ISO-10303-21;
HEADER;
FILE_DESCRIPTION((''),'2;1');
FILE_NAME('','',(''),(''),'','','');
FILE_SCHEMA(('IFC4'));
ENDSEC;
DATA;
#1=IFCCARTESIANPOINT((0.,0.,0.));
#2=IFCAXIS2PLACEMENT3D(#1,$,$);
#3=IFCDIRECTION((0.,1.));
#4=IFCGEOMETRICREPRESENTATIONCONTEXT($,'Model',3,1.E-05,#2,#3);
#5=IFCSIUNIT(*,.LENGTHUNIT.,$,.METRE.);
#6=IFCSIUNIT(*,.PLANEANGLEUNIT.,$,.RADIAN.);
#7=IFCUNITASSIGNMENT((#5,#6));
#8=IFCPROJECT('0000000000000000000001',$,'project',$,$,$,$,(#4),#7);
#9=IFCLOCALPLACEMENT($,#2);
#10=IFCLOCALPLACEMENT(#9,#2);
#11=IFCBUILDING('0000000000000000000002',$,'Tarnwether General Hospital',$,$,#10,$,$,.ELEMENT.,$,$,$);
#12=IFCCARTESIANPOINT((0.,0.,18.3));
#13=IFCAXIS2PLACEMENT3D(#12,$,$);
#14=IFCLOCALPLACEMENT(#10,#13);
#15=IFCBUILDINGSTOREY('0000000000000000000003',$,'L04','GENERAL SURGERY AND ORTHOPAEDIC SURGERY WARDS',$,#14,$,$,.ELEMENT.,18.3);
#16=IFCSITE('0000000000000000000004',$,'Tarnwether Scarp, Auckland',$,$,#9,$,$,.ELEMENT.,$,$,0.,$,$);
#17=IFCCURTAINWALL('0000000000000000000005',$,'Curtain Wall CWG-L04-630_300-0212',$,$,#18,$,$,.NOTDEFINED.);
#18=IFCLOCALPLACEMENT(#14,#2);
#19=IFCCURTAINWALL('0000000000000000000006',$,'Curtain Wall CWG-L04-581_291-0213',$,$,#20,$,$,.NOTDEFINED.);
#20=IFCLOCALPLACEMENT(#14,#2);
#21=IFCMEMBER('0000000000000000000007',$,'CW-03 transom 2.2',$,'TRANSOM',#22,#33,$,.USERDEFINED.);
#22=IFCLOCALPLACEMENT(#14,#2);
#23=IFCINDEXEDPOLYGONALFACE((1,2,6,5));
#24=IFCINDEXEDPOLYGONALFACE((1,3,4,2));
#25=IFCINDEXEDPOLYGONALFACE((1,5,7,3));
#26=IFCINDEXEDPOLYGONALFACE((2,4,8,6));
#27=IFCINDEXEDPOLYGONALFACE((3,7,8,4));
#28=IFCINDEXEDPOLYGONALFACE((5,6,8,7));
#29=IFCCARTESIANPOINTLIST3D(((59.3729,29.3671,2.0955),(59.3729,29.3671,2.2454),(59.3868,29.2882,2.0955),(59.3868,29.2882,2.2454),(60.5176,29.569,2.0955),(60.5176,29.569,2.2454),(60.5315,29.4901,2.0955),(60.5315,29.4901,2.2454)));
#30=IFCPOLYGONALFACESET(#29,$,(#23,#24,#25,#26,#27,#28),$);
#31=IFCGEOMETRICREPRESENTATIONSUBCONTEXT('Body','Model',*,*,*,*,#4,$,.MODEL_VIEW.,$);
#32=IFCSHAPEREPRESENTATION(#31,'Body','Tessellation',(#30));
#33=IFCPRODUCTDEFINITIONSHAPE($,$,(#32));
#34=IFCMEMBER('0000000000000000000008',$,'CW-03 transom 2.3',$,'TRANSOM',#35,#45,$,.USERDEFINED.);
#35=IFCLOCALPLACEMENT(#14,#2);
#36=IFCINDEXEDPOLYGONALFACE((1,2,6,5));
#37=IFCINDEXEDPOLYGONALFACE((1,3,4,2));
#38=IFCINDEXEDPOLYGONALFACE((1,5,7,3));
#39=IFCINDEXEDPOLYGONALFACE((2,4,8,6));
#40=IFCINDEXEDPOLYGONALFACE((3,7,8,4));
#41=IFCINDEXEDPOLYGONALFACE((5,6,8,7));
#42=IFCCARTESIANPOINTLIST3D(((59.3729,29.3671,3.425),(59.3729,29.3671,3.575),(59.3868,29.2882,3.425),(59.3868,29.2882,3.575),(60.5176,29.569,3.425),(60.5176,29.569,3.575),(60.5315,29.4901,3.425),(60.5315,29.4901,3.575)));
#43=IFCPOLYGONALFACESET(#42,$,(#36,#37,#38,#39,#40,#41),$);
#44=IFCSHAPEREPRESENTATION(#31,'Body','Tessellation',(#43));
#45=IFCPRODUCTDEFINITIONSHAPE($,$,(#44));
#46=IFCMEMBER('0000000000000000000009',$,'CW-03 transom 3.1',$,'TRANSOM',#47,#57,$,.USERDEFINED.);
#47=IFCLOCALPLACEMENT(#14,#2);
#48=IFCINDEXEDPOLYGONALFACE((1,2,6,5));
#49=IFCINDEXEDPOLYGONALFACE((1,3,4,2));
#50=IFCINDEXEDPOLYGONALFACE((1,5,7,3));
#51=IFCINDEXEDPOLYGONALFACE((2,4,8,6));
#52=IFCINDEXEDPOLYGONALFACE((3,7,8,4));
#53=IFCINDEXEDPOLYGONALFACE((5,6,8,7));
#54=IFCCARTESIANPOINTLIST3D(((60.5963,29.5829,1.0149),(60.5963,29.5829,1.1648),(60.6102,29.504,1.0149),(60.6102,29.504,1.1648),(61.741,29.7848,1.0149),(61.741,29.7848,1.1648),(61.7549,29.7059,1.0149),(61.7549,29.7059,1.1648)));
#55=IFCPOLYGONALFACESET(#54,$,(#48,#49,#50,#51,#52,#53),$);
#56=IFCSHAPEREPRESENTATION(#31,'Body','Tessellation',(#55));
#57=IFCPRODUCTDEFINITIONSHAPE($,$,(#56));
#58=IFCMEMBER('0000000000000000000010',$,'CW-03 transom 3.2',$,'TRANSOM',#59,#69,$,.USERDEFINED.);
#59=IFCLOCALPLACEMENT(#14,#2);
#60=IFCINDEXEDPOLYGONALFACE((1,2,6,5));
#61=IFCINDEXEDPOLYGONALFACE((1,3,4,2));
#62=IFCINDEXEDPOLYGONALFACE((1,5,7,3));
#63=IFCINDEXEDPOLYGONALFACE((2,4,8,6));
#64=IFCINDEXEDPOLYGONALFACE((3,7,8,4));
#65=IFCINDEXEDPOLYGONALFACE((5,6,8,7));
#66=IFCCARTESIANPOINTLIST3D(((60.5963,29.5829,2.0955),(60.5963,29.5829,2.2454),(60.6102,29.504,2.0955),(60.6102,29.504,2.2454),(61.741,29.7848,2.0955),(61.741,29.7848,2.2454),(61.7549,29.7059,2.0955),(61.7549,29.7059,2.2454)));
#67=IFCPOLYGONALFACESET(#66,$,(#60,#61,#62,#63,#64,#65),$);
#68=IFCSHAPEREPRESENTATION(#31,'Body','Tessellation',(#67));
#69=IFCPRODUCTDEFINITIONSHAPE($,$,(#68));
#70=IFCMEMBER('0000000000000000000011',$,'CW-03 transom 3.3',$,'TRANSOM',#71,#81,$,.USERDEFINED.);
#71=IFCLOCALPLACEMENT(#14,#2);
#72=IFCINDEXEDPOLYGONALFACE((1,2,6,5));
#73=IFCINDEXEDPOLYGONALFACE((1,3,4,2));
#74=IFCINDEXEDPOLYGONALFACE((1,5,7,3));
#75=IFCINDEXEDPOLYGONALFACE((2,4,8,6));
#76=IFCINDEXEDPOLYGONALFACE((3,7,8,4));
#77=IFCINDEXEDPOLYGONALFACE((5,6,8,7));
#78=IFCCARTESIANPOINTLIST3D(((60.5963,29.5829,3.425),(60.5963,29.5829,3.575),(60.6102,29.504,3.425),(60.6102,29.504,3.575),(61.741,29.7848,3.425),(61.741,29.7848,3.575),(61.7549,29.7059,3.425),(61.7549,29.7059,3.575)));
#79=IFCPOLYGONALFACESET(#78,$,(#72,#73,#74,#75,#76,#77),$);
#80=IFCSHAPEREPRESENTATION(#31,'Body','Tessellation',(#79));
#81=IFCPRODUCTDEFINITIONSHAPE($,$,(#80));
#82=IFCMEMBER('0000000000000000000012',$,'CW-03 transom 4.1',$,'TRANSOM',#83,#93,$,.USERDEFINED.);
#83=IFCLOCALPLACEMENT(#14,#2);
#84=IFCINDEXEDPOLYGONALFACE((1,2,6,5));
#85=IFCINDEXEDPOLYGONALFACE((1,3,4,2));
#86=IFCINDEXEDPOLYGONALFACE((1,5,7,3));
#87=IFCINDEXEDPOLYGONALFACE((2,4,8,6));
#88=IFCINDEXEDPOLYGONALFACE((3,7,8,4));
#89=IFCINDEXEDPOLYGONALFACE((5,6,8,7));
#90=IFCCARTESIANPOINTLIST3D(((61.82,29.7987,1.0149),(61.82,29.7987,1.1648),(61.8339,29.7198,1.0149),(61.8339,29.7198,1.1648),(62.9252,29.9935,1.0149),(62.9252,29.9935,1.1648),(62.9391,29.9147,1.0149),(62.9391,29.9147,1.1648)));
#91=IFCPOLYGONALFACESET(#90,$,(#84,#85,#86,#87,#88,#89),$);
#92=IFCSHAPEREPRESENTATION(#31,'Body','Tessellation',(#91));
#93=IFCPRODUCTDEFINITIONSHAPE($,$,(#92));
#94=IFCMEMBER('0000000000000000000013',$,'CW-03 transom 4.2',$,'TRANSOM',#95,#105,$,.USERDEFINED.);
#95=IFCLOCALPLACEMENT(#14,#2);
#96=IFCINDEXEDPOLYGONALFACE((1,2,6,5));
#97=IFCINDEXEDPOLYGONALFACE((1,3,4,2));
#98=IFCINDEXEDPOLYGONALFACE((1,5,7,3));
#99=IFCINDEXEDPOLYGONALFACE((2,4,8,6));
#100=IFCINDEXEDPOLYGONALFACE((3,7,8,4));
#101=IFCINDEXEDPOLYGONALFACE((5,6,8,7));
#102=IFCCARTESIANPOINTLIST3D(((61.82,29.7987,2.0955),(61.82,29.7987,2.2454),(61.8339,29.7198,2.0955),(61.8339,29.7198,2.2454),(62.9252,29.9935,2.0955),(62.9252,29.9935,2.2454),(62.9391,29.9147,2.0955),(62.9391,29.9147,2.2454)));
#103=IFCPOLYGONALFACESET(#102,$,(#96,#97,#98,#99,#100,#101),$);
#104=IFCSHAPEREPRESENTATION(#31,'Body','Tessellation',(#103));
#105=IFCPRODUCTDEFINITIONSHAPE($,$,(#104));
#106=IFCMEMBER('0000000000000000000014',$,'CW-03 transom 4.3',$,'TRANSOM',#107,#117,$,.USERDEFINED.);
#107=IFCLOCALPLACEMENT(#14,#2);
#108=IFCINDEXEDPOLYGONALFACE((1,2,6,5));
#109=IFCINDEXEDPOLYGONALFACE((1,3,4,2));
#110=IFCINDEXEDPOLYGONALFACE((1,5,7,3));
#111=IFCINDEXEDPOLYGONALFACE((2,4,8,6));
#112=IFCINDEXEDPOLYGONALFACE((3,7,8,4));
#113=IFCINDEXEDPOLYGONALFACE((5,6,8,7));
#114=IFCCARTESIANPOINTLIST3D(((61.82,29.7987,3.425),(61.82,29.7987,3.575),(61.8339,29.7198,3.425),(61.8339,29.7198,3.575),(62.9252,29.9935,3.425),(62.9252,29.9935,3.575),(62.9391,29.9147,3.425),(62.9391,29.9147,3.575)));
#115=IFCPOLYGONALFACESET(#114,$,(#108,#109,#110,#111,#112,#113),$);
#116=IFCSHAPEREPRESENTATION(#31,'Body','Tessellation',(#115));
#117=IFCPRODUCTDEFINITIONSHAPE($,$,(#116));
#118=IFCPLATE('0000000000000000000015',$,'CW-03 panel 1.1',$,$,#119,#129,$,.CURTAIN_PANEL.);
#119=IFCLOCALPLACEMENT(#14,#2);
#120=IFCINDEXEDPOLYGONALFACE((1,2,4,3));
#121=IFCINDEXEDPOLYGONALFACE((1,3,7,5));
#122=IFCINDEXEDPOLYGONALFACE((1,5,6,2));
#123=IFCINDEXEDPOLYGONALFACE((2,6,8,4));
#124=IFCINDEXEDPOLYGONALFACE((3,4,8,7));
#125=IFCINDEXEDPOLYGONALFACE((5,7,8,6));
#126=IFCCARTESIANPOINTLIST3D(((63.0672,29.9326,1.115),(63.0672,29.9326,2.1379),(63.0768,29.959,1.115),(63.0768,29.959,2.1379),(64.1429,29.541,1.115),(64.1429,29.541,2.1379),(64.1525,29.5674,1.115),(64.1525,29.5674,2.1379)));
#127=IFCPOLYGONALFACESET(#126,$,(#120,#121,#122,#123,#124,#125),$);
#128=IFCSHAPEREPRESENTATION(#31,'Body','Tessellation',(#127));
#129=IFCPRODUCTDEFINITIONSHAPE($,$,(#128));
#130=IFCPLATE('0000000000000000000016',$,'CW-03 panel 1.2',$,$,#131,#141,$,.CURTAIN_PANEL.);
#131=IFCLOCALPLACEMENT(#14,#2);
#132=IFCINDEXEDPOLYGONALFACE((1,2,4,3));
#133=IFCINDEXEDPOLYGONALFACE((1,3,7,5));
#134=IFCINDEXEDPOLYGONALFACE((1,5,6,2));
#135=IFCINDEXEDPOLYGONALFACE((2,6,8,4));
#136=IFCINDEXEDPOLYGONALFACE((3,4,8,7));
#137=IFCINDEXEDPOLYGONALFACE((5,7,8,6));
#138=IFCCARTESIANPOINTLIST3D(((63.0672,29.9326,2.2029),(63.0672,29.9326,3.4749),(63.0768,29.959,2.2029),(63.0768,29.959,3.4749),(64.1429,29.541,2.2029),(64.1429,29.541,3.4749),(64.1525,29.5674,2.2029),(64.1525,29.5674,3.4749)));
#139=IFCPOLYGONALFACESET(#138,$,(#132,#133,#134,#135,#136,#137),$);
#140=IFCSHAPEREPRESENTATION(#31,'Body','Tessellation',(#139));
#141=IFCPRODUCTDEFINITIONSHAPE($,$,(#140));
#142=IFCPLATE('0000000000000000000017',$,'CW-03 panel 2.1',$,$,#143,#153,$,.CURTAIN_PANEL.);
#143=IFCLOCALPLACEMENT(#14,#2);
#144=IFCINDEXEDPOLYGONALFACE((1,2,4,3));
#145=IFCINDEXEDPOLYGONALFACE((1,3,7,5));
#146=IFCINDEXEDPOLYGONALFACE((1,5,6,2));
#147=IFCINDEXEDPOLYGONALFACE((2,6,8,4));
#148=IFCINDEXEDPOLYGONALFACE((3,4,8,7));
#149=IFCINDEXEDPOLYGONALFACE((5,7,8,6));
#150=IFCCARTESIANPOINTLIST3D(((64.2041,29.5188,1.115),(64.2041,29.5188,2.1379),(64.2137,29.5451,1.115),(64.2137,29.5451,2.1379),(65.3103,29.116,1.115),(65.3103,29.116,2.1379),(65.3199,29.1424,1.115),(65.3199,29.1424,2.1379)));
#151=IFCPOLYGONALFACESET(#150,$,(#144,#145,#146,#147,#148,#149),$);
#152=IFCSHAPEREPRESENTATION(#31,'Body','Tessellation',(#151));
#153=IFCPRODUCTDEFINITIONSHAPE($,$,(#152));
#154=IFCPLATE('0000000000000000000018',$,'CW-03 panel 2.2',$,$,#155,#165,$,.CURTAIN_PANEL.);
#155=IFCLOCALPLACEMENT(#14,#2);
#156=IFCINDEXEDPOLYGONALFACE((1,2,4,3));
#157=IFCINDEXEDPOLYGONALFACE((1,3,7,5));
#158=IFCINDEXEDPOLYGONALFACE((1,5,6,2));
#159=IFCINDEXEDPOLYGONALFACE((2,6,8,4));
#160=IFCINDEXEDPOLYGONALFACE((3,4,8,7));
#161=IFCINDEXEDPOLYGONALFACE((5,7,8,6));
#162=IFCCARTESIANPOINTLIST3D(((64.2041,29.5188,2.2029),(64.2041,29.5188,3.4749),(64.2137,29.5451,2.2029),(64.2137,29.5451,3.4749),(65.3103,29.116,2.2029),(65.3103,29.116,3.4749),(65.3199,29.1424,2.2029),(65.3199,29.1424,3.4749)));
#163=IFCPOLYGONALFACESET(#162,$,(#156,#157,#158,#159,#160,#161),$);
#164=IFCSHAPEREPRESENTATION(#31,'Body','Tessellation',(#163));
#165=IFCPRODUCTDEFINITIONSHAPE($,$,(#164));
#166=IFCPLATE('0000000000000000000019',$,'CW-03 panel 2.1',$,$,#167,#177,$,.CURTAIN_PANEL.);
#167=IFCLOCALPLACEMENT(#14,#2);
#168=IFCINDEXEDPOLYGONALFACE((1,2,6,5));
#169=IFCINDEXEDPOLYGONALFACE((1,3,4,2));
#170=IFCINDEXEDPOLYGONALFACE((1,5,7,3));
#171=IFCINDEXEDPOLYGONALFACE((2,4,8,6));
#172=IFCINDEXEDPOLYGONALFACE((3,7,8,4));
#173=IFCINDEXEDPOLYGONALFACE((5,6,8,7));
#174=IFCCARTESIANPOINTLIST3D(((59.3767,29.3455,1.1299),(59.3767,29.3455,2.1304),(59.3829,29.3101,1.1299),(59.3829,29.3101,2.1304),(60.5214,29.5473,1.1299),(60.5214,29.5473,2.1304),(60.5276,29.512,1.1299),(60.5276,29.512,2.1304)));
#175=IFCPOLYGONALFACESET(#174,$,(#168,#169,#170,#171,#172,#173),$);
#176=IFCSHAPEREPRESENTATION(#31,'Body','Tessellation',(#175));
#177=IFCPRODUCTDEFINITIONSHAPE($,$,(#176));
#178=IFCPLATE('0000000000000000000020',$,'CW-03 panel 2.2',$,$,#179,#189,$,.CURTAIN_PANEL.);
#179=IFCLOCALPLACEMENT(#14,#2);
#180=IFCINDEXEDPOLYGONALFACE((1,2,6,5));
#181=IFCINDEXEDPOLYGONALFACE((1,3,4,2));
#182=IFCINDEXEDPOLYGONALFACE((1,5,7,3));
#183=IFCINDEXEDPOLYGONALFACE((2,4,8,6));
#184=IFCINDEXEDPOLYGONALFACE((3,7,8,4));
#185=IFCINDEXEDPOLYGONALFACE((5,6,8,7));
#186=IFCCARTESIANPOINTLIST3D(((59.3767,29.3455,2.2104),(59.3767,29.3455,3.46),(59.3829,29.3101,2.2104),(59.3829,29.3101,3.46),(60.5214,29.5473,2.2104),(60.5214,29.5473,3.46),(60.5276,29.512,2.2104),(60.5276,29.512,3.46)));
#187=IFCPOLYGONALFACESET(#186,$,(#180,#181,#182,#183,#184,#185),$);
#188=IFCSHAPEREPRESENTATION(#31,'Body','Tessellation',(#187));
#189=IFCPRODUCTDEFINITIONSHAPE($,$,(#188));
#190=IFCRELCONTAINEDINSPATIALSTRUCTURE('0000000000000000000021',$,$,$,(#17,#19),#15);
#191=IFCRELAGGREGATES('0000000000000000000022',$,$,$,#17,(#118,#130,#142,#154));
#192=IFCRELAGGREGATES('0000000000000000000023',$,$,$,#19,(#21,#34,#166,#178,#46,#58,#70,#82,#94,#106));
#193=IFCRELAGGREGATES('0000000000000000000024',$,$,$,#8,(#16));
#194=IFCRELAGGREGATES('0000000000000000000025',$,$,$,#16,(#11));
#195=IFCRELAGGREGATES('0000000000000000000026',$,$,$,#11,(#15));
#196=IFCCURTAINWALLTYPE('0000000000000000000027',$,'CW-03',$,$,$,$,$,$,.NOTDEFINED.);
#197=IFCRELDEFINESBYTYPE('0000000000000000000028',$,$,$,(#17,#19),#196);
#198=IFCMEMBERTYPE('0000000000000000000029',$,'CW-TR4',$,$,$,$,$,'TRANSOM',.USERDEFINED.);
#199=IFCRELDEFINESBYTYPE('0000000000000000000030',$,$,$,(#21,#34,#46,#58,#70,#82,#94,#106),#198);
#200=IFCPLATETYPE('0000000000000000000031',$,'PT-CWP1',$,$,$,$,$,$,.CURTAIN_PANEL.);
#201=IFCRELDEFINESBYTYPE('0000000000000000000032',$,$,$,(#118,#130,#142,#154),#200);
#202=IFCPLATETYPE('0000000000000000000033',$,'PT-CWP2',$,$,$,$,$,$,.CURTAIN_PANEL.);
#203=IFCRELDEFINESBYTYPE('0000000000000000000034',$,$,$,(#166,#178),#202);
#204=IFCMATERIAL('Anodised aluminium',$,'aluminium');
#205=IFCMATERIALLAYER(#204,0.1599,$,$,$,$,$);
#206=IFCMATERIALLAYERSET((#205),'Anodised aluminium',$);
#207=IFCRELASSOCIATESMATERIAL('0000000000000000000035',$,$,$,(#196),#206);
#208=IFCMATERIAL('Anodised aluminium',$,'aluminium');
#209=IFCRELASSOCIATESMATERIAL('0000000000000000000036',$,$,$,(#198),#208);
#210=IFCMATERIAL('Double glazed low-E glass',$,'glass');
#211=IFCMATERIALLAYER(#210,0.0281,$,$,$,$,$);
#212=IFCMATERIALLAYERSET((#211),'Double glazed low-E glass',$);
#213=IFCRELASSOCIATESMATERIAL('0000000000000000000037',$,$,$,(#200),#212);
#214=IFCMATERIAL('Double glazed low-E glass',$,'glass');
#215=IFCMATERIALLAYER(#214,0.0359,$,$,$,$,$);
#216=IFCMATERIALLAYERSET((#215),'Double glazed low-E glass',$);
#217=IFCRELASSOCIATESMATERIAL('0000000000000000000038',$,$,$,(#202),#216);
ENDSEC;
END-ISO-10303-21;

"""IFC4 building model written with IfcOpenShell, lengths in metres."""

from ifc_helpers import new_model, si_unit, direction, frame, origin, origin_2d, place, context, subcontext, project, spatial, rectangle, extrude, material, layer, layer_set, material_profile, profile_set, type_object, element, aggregate, save


model = new_model("IFC4")

# Units and contexts
model_context = context("Model", 3, precision=1e-05, world=origin(), true_north=direction((0.0, 1.0)))
body_context = subcontext(model_context, "Body", "Model", "MODEL_VIEW")
ifc_project = project(units=[si_unit("LENGTHUNIT", "METRE"), si_unit("PLANEANGLEUNIT", "RADIAN")], contexts=[model_context])

# Site, building, storey
site_placement = place(None, origin())
site = spatial("IfcSite", under=ifc_project, at=site_placement, Name="Tarnwether Scarp, Auckland", CompositionType="ELEMENT", RefElevation=0.0)
building_placement = place(site_placement, origin())
building = spatial("IfcBuilding", under=site, at=building_placement, Name="Tarnwether General Hospital", CompositionType="ELEMENT")
storey_placement = place(building_placement, frame((0.0, 0.0, 18.3)))
storey = spatial("IfcBuildingStorey", under=building, at=storey_placement, Name="L04", Description="GENERAL SURGERY AND ORTHOPAEDIC SURGERY WARDS", CompositionType="ELEMENT", Elevation=18.3)

# Curtain walls
ifc_material_1 = material(Name="Anodised aluminium", Category="aluminium")
ifc_layer_1 = layer(ifc_material_1, 0.1599)
ifc_layer_set_1 = layer_set([ifc_layer_1], Name="Anodised aluminium")
curtain_wall_type = type_object("IfcCurtainWallType", Name="CW-03", PredefinedType="NOTDEFINED", material=ifc_layer_set_1)
curtain_wall_1_placement = place(storey_placement, origin())
curtain_wall_1 = element("IfcCurtainWall", 1, at=curtain_wall_1_placement, inside=storey, type_object=curtain_wall_type, Name="Curtain Wall CWG-L04-630_300-0212", PredefinedType="NOTDEFINED")
curtain_wall_2_placement = place(storey_placement, origin())
curtain_wall_2 = element("IfcCurtainWall", 2, at=curtain_wall_2_placement, inside=storey, type_object=curtain_wall_type, Name="Curtain Wall CWG-L04-581_291-0213", PredefinedType="NOTDEFINED")

# Members
ifc_material_2 = material(Name="Anodised aluminium", Category="aluminium")
ifc_material_profile_1 = material_profile(ifc_material_2, rectangle(XDim=0.0801, YDim=0.1499, at=origin_2d()), Name="ALU-TRN-80x150")
ifc_profile_set_1 = profile_set([ifc_material_profile_1], Name="Anodised aluminium")
member_type_1 = type_object("IfcMemberType", Name="CW-TR4", ElementType="TRANSOM", PredefinedType="USERDEFINED", material=ifc_profile_set_1)
member_1_placement = place(storey_placement, frame((59.3799, 29.3276, 2.1704), z_axis=(0.9848, 0.173689, 0.0), x_axis=(-0.173689, 0.9848, 0.0)))
member_1 = element("IfcMember", 3, at=member_1_placement, type_object=member_type_1, Name="CW-03 transom 2.2", ObjectType="TRANSOM", PredefinedType="USERDEFINED", context=body_context, shape_type="SweptSolid", body=[
    extrude(rectangle(XDim=0.0801, YDim=0.1499, at=origin_2d()), origin(), (0.0, 0.0, 1.0), 1.1624),
])
member_2_placement = place(storey_placement, frame((59.3799, 29.3276, 3.5), z_axis=(0.9848, 0.173689, 0.0), x_axis=(-0.173689, 0.9848, 0.0)))
member_2 = element("IfcMember", 4, at=member_2_placement, type_object=member_type_1, Name="CW-03 transom 2.3", ObjectType="TRANSOM", PredefinedType="USERDEFINED", context=body_context, shape_type="SweptSolid", body=[
    extrude(rectangle(XDim=0.0801, YDim=0.1499, at=origin_2d()), origin(), (0.0, 0.0, 1.0), 1.1624),
])
member_3_placement = place(storey_placement, frame((60.6033, 29.5435, 1.0898), z_axis=(0.9848, 0.173689, 0.0), x_axis=(-0.173689, 0.9848, 0.0)))
member_3 = element("IfcMember", 5, at=member_3_placement, type_object=member_type_1, Name="CW-03 transom 3.1", ObjectType="TRANSOM", PredefinedType="USERDEFINED", context=body_context, shape_type="SweptSolid", body=[
    extrude(rectangle(XDim=0.0801, YDim=0.1499, at=origin_2d()), origin(), (0.0, 0.0, 1.0), 1.1624),
])
member_4_placement = place(storey_placement, frame((60.6033, 29.5435, 2.1704), z_axis=(0.9848, 0.173689, 0.0), x_axis=(-0.173689, 0.9848, 0.0)))
member_4 = element("IfcMember", 6, at=member_4_placement, type_object=member_type_1, Name="CW-03 transom 3.2", ObjectType="TRANSOM", PredefinedType="USERDEFINED", context=body_context, shape_type="SweptSolid", body=[
    extrude(rectangle(XDim=0.0801, YDim=0.1499, at=origin_2d()), origin(), (0.0, 0.0, 1.0), 1.1624),
])
member_5_placement = place(storey_placement, frame((60.6033, 29.5435, 3.5), z_axis=(0.9848, 0.173689, 0.0), x_axis=(-0.173689, 0.9848, 0.0)))
member_5 = element("IfcMember", 7, at=member_5_placement, type_object=member_type_1, Name="CW-03 transom 3.3", ObjectType="TRANSOM", PredefinedType="USERDEFINED", context=body_context, shape_type="SweptSolid", body=[
    extrude(rectangle(XDim=0.0801, YDim=0.1499, at=origin_2d()), origin(), (0.0, 0.0, 1.0), 1.1624),
])
member_6_placement = place(storey_placement, frame((61.8269, 29.7593, 1.0898), z_axis=(0.984816, 0.173599, 0.0), x_axis=(-0.173599, 0.984816, 0.0)))
member_6 = element("IfcMember", 8, at=member_6_placement, type_object=member_type_1, Name="CW-03 transom 4.1", ObjectType="TRANSOM", PredefinedType="USERDEFINED", context=body_context, shape_type="SweptSolid", body=[
    extrude(rectangle(XDim=0.0801, YDim=0.1499, at=origin_2d()), origin(), (0.0, 0.0, 1.0), 1.1223),
])
member_7_placement = place(storey_placement, frame((61.8269, 29.7593, 2.1704), z_axis=(0.984816, 0.173599, 0.0), x_axis=(-0.173599, 0.984816, 0.0)))
member_7 = element("IfcMember", 9, at=member_7_placement, type_object=member_type_1, Name="CW-03 transom 4.2", ObjectType="TRANSOM", PredefinedType="USERDEFINED", context=body_context, shape_type="SweptSolid", body=[
    extrude(rectangle(XDim=0.0801, YDim=0.1499, at=origin_2d()), origin(), (0.0, 0.0, 1.0), 1.1223),
])
member_8_placement = place(storey_placement, frame((61.8269, 29.7593, 3.5), z_axis=(0.984816, 0.173599, 0.0), x_axis=(-0.173599, 0.984816, 0.0)))
member_8 = element("IfcMember", 10, at=member_8_placement, type_object=member_type_1, Name="CW-03 transom 4.3", ObjectType="TRANSOM", PredefinedType="USERDEFINED", context=body_context, shape_type="SweptSolid", body=[
    extrude(rectangle(XDim=0.0801, YDim=0.1499, at=origin_2d()), origin(), (0.0, 0.0, 1.0), 1.1223),
])

# Plates
ifc_material_3 = material(Name="Double glazed low-E glass", Category="glass")
ifc_layer_2 = layer(ifc_material_3, 0.0281)
ifc_layer_set_2 = layer_set([ifc_layer_2], Name="Double glazed low-E glass")
plate_type_1 = type_object("IfcPlateType", Name="PT-CWP1", PredefinedType="CURTAIN_PANEL", material=ifc_layer_set_2)
plate_1_placement = place(storey_placement, frame((63.6099, 29.75, 1.115), z_axis=(0.0, 0.0, 1.0), x_axis=(0.939652, -0.342131, 0.0)))
plate_1 = element("IfcPlate", 11, at=plate_1_placement, type_object=plate_type_1, Name="CW-03 panel 1.1", PredefinedType="CURTAIN_PANEL", context=body_context, shape_type="SweptSolid", body=[
    extrude(rectangle(XDim=1.1448, YDim=0.0281, at=origin_2d()), origin(), (0.0, 0.0, 1.0), 1.0229),
])
plate_2_placement = place(storey_placement, frame((63.6099, 29.75, 2.2029), z_axis=(0.0, 0.0, 1.0), x_axis=(0.939652, -0.342131, 0.0)))
plate_2 = element("IfcPlate", 12, at=plate_2_placement, type_object=plate_type_1, Name="CW-03 panel 1.2", PredefinedType="CURTAIN_PANEL", context=body_context, shape_type="SweptSolid", body=[
    extrude(rectangle(XDim=1.1448, YDim=0.0281, at=origin_2d()), origin(), (0.0, 0.0, 1.0), 1.272),
])
plate_3_placement = place(storey_placement, frame((64.762, 29.3306, 1.115), z_axis=(0.0, 0.0, 1.0), x_axis=(0.939652, -0.342131, 0.0)))
plate_3 = element("IfcPlate", 13, at=plate_3_placement, type_object=plate_type_1, Name="CW-03 panel 2.1", PredefinedType="CURTAIN_PANEL", context=body_context, shape_type="SweptSolid", body=[
    extrude(rectangle(XDim=1.1772, YDim=0.0281, at=origin_2d()), origin(), (0.0, 0.0, 1.0), 1.0229),
])
plate_4_placement = place(storey_placement, frame((64.762, 29.3306, 2.2029), z_axis=(0.0, 0.0, 1.0), x_axis=(0.939652, -0.342131, 0.0)))
plate_4 = element("IfcPlate", 14, at=plate_4_placement, type_object=plate_type_1, Name="CW-03 panel 2.2", PredefinedType="CURTAIN_PANEL", context=body_context, shape_type="SweptSolid", body=[
    extrude(rectangle(XDim=1.1772, YDim=0.0281, at=origin_2d()), origin(), (0.0, 0.0, 1.0), 1.272),
])
aggregate(curtain_wall_1, [plate_1, plate_2, plate_3, plate_4])
ifc_material_4 = material(Name="Double glazed low-E glass", Category="glass")
ifc_layer_3 = layer(ifc_material_4, 0.0359)
ifc_layer_set_3 = layer_set([ifc_layer_3], Name="Double glazed low-E glass")
plate_type_2 = type_object("IfcPlateType", Name="PT-CWP2", PredefinedType="CURTAIN_PANEL", material=ifc_layer_set_3)
plate_5_placement = place(storey_placement, frame((59.9521, 29.4287, 1.1299), z_axis=(0.0, 0.0, 1.0), x_axis=(0.984806, 0.173659, 0.0)))
plate_5 = element("IfcPlate", 15, at=plate_5_placement, type_object=plate_type_2, Name="CW-03 panel 2.1", PredefinedType="CURTAIN_PANEL", context=body_context, shape_type="SweptSolid", body=[
    extrude(rectangle(XDim=1.1624, YDim=0.0359, at=origin_2d()), origin(), (0.0, 0.0, 1.0), 1.0005),
])
plate_6_placement = place(storey_placement, frame((59.9521, 29.4287, 2.2104), z_axis=(0.0, 0.0, 1.0), x_axis=(0.984806, 0.173659, 0.0)))
plate_6 = element("IfcPlate", 16, at=plate_6_placement, type_object=plate_type_2, Name="CW-03 panel 2.2", PredefinedType="CURTAIN_PANEL", context=body_context, shape_type="SweptSolid", body=[
    extrude(rectangle(XDim=1.1624, YDim=0.0359, at=origin_2d()), origin(), (0.0, 0.0, 1.0), 1.2495),
])
aggregate(curtain_wall_2, [member_1, member_2, plate_5, plate_6, member_3, member_4, member_5, member_6, member_7, member_8])

save(model, "model.ifc")
